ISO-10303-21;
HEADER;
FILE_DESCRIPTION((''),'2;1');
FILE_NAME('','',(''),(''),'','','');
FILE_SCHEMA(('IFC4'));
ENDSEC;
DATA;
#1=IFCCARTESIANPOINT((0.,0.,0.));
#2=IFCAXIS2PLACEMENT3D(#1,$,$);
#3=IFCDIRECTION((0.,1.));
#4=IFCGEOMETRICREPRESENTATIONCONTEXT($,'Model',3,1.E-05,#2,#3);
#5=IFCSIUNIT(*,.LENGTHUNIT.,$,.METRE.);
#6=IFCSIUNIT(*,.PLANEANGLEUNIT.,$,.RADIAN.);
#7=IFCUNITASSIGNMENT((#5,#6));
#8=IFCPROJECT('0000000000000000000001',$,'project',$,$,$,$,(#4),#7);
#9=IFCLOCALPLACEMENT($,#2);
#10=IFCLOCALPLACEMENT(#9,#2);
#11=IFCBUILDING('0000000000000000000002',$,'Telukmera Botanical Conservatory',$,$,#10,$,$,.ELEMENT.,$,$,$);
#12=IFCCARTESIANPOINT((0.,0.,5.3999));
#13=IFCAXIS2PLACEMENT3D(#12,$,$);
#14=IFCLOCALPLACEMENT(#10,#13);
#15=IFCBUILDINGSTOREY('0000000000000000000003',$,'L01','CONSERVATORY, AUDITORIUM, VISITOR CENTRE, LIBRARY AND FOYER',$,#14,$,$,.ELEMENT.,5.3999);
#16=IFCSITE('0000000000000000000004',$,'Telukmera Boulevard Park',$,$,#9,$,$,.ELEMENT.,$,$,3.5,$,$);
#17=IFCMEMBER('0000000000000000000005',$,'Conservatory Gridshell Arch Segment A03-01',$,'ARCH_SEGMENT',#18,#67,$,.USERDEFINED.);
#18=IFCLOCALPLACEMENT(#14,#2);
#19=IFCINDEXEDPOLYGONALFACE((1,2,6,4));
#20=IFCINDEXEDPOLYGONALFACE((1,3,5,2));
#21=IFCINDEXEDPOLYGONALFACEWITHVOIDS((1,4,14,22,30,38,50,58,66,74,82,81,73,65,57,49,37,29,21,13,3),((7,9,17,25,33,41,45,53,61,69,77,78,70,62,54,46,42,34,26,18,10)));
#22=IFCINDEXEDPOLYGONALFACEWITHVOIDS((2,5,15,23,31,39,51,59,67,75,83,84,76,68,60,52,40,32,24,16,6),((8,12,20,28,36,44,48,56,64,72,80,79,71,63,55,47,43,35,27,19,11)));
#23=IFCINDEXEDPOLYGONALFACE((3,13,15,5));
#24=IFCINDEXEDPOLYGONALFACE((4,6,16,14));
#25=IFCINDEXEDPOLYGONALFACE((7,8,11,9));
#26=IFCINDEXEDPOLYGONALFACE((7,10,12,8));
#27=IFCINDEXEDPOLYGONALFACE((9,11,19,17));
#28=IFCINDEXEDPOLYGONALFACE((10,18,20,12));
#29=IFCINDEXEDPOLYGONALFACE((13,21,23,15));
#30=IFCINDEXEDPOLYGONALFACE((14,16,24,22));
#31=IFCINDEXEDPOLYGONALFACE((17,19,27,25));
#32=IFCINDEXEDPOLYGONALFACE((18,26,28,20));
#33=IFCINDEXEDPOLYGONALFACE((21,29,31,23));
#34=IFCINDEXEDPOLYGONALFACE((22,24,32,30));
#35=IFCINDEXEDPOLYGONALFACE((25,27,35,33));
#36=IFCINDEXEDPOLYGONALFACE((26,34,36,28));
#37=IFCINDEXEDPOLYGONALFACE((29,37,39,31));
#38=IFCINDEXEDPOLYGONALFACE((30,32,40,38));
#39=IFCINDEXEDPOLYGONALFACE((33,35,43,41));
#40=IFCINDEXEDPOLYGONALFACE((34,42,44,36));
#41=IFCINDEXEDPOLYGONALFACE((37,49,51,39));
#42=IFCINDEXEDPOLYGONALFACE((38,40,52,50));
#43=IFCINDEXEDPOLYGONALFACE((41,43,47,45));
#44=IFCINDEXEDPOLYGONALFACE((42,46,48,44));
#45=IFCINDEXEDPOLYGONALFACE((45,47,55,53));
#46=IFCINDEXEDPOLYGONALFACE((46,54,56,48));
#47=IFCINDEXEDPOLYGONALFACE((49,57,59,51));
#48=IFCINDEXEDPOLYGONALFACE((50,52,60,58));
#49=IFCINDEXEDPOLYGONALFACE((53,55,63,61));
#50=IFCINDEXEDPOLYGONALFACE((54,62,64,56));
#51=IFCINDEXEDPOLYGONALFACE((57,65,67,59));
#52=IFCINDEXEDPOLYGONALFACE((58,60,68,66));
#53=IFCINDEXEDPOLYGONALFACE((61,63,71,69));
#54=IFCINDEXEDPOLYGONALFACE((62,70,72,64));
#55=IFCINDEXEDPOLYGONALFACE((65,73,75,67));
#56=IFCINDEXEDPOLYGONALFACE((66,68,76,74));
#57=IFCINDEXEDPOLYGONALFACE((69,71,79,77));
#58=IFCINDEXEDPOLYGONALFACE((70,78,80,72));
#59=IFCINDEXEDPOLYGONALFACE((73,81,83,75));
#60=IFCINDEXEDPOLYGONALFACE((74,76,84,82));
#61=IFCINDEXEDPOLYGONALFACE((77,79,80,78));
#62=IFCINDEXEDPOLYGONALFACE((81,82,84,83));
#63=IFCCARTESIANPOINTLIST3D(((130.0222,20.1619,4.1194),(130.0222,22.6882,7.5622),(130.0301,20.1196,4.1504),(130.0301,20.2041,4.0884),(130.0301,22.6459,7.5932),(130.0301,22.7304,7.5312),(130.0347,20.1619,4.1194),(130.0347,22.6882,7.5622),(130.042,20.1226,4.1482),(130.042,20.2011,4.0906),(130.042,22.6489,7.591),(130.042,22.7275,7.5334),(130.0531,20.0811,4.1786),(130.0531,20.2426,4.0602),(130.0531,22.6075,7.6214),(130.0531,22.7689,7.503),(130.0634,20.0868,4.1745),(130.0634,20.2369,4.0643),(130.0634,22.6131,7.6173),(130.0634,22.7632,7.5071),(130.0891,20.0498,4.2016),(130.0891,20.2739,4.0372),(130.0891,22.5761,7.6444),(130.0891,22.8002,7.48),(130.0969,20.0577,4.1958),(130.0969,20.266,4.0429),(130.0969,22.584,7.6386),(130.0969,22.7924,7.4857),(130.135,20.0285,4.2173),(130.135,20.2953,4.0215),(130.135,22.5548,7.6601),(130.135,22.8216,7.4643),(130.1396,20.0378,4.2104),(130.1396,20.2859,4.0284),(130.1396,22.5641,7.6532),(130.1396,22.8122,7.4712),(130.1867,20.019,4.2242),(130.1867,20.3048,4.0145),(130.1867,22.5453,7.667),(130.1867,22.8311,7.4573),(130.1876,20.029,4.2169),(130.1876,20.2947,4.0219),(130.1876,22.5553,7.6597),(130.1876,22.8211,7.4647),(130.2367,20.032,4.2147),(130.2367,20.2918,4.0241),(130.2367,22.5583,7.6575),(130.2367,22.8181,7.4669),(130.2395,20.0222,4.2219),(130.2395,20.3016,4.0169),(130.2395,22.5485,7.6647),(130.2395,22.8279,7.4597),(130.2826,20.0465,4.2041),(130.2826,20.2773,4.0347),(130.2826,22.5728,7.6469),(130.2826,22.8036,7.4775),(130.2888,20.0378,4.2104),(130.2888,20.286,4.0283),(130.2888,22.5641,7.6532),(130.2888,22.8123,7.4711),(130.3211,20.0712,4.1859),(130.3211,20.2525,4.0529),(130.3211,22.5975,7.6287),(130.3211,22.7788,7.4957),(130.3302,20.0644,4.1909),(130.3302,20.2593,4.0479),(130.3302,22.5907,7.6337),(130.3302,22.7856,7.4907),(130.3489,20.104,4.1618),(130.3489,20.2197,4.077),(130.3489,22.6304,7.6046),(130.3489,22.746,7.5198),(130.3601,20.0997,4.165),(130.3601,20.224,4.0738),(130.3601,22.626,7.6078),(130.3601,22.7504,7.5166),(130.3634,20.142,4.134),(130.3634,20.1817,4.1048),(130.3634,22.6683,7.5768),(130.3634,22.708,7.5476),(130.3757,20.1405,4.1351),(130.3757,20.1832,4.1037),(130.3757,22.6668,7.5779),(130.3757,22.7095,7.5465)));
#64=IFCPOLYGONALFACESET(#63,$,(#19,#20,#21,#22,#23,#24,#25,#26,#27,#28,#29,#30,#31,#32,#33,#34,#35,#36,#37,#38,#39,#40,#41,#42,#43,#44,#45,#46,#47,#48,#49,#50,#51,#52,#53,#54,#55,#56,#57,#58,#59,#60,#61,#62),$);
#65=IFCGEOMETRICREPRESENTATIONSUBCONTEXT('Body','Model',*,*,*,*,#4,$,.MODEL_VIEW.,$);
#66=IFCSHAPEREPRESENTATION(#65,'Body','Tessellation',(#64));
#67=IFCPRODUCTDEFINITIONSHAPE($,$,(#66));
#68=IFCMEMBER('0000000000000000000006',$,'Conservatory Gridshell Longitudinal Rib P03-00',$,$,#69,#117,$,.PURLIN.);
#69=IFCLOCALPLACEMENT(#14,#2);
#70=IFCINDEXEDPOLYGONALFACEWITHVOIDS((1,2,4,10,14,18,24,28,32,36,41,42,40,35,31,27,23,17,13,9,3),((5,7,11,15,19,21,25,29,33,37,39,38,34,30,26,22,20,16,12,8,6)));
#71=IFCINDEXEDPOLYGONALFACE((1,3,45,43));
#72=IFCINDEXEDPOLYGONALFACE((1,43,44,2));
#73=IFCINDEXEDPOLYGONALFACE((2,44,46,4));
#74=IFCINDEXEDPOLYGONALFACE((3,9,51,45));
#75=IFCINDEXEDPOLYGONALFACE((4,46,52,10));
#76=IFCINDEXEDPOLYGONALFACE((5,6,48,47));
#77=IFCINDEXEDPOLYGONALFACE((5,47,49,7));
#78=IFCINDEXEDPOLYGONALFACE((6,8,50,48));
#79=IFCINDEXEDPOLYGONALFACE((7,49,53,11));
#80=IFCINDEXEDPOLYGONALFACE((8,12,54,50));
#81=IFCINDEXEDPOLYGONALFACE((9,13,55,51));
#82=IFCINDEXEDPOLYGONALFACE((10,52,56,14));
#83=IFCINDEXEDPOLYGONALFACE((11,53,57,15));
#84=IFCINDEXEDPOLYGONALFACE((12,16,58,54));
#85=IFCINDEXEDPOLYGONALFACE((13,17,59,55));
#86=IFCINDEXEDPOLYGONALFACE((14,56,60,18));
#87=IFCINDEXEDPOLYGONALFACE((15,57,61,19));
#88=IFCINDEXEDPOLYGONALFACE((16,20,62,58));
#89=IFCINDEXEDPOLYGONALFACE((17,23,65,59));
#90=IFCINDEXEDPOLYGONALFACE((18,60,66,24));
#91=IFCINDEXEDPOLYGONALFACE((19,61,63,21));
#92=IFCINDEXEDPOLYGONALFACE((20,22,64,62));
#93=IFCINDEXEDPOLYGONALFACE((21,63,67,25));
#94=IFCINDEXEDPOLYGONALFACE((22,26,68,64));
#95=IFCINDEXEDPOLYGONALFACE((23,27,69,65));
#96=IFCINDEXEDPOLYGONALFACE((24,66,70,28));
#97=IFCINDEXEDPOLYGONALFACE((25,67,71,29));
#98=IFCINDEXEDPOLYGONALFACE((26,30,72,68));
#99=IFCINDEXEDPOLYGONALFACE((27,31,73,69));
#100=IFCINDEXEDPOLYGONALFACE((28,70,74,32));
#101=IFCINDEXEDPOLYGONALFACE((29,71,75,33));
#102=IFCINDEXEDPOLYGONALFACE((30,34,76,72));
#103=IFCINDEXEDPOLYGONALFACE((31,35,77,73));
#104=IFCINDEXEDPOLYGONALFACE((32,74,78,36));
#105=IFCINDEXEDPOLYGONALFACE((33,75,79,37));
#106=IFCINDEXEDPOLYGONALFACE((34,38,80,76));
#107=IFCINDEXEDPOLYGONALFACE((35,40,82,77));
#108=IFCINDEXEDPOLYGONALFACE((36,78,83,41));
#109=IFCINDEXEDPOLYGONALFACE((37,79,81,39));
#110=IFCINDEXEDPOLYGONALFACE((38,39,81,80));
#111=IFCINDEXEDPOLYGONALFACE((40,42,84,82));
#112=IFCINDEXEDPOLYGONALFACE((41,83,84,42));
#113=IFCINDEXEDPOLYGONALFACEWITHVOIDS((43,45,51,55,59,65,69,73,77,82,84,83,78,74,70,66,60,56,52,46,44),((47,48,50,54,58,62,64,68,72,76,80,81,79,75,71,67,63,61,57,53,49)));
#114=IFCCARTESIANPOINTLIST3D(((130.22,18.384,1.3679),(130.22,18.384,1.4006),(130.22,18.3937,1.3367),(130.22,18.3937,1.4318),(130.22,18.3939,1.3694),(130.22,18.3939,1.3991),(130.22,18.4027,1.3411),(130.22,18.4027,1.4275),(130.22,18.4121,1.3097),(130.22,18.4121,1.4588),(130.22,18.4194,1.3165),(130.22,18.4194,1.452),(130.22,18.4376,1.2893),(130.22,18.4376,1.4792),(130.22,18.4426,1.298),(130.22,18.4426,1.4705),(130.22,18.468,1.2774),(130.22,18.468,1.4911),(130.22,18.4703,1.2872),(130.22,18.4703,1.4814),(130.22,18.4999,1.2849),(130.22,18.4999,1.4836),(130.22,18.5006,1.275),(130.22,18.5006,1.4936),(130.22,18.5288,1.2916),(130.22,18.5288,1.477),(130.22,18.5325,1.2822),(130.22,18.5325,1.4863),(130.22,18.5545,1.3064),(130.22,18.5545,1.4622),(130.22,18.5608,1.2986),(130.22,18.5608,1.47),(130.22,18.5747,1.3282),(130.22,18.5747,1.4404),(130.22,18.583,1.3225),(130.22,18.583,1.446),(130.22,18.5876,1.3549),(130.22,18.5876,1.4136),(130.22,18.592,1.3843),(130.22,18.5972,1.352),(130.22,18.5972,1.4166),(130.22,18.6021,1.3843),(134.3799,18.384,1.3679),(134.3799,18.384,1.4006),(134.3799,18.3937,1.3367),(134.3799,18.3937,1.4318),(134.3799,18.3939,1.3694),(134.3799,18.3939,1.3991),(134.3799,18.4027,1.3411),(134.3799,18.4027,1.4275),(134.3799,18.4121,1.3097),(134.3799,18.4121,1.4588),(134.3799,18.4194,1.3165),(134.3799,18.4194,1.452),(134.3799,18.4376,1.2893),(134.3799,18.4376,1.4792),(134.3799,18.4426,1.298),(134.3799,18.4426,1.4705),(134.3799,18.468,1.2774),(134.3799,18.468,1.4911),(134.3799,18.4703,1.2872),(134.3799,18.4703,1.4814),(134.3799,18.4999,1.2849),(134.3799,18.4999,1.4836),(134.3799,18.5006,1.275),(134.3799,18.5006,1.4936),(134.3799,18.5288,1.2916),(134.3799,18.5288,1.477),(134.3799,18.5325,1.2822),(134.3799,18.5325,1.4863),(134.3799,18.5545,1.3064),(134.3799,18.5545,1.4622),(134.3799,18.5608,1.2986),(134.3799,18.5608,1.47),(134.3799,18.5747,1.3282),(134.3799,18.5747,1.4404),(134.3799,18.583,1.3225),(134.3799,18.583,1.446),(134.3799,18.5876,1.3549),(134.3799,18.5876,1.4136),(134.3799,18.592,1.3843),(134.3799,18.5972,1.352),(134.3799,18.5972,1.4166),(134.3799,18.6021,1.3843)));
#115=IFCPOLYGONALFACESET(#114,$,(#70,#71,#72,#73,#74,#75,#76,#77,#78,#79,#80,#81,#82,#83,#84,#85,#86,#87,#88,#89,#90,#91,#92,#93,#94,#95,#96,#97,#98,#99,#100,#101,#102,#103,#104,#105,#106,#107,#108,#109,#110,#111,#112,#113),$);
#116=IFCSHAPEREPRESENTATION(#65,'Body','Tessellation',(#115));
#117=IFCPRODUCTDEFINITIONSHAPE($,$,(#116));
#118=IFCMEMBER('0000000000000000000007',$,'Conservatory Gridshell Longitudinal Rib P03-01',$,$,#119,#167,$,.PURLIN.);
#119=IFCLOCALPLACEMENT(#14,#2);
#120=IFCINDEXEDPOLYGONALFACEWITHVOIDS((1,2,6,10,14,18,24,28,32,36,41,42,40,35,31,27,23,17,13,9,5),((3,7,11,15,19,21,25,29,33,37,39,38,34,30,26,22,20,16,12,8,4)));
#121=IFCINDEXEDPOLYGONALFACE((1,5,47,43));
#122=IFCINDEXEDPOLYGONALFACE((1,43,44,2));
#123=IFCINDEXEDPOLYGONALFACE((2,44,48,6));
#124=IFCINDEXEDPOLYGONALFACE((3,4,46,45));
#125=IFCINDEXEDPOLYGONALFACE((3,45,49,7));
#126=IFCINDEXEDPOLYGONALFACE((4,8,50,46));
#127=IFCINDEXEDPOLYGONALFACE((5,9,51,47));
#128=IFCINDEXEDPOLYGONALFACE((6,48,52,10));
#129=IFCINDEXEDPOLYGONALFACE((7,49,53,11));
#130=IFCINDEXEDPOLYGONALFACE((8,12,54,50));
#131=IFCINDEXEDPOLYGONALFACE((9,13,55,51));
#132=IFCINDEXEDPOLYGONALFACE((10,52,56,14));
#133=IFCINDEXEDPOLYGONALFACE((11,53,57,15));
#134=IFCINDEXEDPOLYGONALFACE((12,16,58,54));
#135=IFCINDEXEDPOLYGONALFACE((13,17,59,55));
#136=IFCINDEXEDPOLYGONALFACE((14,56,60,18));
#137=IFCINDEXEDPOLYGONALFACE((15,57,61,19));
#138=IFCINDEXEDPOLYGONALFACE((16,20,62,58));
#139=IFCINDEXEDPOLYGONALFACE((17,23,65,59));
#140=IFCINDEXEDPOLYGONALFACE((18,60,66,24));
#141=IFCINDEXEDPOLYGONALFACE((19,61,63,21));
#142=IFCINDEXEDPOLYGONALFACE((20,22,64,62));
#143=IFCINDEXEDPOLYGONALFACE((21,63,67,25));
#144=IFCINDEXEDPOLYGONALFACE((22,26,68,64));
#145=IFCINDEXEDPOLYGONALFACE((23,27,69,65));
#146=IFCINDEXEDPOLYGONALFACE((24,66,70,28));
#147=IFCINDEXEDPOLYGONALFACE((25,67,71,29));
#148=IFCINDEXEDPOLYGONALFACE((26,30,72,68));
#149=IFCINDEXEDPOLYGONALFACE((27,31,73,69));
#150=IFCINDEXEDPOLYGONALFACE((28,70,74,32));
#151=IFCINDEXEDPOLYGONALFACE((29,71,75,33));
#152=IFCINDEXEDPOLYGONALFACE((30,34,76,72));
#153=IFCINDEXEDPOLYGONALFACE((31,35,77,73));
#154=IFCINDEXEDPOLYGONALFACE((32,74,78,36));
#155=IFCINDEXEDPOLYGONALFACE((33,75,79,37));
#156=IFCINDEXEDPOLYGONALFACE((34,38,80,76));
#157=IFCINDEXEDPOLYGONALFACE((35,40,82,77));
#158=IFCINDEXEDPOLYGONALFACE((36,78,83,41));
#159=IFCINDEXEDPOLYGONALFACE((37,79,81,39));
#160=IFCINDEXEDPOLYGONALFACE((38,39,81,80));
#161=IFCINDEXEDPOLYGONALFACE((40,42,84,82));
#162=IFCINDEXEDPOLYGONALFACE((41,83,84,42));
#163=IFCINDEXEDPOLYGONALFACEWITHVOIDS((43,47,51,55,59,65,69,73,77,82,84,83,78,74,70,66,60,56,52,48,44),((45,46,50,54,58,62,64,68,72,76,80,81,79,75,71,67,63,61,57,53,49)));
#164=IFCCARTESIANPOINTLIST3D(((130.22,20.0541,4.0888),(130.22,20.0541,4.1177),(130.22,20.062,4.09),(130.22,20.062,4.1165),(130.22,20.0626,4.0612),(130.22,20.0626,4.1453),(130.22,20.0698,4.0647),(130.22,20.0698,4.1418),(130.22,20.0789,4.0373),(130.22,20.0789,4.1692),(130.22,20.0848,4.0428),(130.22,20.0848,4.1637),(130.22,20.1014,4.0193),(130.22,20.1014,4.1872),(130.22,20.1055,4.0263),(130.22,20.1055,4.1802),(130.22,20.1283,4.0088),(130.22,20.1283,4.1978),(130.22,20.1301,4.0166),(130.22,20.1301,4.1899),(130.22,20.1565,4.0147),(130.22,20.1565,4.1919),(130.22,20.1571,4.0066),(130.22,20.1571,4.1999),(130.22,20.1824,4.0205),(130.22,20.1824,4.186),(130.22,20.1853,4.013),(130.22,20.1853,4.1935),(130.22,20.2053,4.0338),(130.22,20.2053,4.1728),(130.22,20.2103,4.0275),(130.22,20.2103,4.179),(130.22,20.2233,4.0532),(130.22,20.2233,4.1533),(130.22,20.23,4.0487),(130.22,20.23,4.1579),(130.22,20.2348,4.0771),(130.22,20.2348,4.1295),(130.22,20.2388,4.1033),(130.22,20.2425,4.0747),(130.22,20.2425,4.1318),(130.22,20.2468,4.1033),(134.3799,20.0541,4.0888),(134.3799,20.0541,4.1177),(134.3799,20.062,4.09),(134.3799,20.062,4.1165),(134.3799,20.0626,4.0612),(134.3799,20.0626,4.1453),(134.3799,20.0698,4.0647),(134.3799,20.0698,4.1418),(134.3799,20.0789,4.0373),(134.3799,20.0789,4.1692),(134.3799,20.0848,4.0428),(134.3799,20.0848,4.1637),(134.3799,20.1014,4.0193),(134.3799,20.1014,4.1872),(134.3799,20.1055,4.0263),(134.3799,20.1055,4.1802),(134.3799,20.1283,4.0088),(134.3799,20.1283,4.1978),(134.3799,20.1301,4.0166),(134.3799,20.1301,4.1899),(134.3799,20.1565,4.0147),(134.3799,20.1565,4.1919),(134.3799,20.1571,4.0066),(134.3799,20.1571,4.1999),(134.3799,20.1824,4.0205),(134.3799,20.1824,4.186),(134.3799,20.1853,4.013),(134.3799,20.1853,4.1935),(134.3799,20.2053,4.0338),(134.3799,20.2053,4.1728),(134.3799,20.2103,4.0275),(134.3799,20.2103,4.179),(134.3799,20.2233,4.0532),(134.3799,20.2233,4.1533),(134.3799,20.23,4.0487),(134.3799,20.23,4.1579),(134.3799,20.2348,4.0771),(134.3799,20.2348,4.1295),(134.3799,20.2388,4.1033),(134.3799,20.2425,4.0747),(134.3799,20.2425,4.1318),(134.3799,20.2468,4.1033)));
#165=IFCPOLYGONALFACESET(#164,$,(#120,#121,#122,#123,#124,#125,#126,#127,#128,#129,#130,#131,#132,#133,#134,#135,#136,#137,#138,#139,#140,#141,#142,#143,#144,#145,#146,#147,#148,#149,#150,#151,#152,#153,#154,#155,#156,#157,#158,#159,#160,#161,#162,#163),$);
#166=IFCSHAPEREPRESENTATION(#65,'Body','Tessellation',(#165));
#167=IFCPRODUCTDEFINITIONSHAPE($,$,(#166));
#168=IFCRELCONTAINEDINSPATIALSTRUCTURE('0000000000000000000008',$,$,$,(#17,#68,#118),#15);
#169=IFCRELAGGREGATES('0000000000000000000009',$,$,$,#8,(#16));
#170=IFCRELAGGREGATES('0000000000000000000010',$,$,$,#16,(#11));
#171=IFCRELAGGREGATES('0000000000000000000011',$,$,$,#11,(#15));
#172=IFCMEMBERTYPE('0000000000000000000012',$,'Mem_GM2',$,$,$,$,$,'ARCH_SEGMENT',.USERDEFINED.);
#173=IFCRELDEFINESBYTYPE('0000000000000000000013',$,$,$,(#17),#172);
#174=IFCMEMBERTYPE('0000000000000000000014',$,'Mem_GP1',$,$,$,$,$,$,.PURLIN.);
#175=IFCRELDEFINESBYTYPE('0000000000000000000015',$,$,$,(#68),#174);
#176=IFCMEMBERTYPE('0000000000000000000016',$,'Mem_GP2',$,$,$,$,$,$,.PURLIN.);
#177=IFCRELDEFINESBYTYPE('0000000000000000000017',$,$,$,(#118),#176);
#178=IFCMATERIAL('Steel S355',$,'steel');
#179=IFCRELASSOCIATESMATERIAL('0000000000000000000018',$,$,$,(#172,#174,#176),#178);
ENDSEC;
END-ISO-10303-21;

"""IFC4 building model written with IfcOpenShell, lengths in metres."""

from ifc_helpers import new_model, si_unit, direction, frame, origin, origin_2d, place, context, subcontext, project, spatial, hollow_circle, extrude, material, material_profile, profile_set, type_object, element, save


model = new_model("IFC4")

# Units and contexts
model_context = context("Model", 3, precision=1e-05, world=origin(), true_north=direction((0.0, 1.0)))
body_context = subcontext(model_context, "Body", "Model", "MODEL_VIEW")
ifc_project = project(units=[si_unit("LENGTHUNIT", "METRE"), si_unit("PLANEANGLEUNIT", "RADIAN")], contexts=[model_context])

# Site, building, storey
site_placement = place(None, origin())
site = spatial("IfcSite", under=ifc_project, at=site_placement, Name="Telukmera Boulevard Park", CompositionType="ELEMENT", RefElevation=3.5)
building_placement = place(site_placement, origin())
building = spatial("IfcBuilding", under=site, at=building_placement, Name="Telukmera Botanical Conservatory", CompositionType="ELEMENT")
storey_placement = place(building_placement, frame((0.0, 0.0, 5.3999)))
storey = spatial("IfcBuildingStorey", under=building, at=storey_placement, Name="L01", Description="CONSERVATORY, AUDITORIUM, VISITOR CENTRE, LIBRARY AND FOYER", CompositionType="ELEMENT", Elevation=5.3999)

# Shared definitions
ifc_material_1 = material(Name="Steel S355", Category="steel")

# Members
ifc_material_profile_1 = material_profile(ifc_material_1, hollow_circle(Radius=0.1777, WallThickness=0.0125, at=origin_2d()), Name="CHS 355.6x12.5")
ifc_profile_set_1 = profile_set([ifc_material_profile_1], Name="Steel S355")
member_type_1 = type_object("IfcMemberType", Name="Mem_GM2", ElementType="ARCH_SEGMENT", PredefinedType="USERDEFINED", material=ifc_profile_set_1)
member_1_placement = place(storey_placement, frame((130.2, 20.1619, 4.1194), z_axis=(0.0, 0.591607, 0.806227), x_axis=(-1.0, 0.0, 0.0)))
element("IfcMember", 1, at=member_1_placement, inside=storey, type_object=member_type_1, Name="Conservatory Gridshell Arch Segment A03-01", ObjectType="ARCH_SEGMENT", PredefinedType="USERDEFINED", context=body_context, shape_type="SweptSolid", body=[
    extrude(hollow_circle(Radius=0.1777, WallThickness=0.0125, at=origin_2d()), origin(), (0.0, 0.0, 1.0), 4.2703),
])
ifc_material_profile_2 = material_profile(ifc_material_1, hollow_circle(Radius=0.1096, WallThickness=0.01, at=origin_2d()), Name="CHS 219.1x10.0")
ifc_profile_set_2 = profile_set([ifc_material_profile_2], Name="Steel S355")
member_type_2 = type_object("IfcMemberType", Name="Mem_GP1", PredefinedType="PURLIN", material=ifc_profile_set_2)
member_2_placement = place(storey_placement, frame((130.22, 18.4924, 1.3843), z_axis=(1.0, 0.0, 0.0), x_axis=(0.0, 1.0, 0.0)))
element("IfcMember", 2, at=member_2_placement, inside=storey, type_object=member_type_2, Name="Conservatory Gridshell Longitudinal Rib P03-00", PredefinedType="PURLIN", context=body_context, shape_type="SweptSolid", body=[
    extrude(hollow_circle(Radius=0.1096, WallThickness=0.01, at=origin_2d()), origin(), (0.0, 0.0, 1.0), 4.1599),
])
ifc_material_profile_3 = material_profile(ifc_material_1, hollow_circle(Radius=0.0969, WallThickness=0.0081, at=origin_2d()), Name="CHS 193.7x8.0")
ifc_profile_set_3 = profile_set([ifc_material_profile_3], Name="Steel S355")
member_type_3 = type_object("IfcMemberType", Name="Mem_GP2", PredefinedType="PURLIN", material=ifc_profile_set_3)
for number, where, z_axis, x_axis, name in (
    (3, (130.22, 20.1499, 4.1033), (1.0, 0.0, 0.0), (0.0, 1.0, 0.0), "Conservatory Gridshell Longitudinal Rib P03-01"),
):
    element("IfcMember", number, at=place(storey_placement, frame(where, z_axis=z_axis, x_axis=x_axis)), inside=storey, type_object=member_type_3, Name=name, PredefinedType="PURLIN", context=body_context, shape_type="SweptSolid", body=[
        extrude(hollow_circle(Radius=0.0969, WallThickness=0.0081, at=origin_2d()), origin(), (0.0, 0.0, 1.0), 4.1599),
    ])

save(model, "model.ifc")
